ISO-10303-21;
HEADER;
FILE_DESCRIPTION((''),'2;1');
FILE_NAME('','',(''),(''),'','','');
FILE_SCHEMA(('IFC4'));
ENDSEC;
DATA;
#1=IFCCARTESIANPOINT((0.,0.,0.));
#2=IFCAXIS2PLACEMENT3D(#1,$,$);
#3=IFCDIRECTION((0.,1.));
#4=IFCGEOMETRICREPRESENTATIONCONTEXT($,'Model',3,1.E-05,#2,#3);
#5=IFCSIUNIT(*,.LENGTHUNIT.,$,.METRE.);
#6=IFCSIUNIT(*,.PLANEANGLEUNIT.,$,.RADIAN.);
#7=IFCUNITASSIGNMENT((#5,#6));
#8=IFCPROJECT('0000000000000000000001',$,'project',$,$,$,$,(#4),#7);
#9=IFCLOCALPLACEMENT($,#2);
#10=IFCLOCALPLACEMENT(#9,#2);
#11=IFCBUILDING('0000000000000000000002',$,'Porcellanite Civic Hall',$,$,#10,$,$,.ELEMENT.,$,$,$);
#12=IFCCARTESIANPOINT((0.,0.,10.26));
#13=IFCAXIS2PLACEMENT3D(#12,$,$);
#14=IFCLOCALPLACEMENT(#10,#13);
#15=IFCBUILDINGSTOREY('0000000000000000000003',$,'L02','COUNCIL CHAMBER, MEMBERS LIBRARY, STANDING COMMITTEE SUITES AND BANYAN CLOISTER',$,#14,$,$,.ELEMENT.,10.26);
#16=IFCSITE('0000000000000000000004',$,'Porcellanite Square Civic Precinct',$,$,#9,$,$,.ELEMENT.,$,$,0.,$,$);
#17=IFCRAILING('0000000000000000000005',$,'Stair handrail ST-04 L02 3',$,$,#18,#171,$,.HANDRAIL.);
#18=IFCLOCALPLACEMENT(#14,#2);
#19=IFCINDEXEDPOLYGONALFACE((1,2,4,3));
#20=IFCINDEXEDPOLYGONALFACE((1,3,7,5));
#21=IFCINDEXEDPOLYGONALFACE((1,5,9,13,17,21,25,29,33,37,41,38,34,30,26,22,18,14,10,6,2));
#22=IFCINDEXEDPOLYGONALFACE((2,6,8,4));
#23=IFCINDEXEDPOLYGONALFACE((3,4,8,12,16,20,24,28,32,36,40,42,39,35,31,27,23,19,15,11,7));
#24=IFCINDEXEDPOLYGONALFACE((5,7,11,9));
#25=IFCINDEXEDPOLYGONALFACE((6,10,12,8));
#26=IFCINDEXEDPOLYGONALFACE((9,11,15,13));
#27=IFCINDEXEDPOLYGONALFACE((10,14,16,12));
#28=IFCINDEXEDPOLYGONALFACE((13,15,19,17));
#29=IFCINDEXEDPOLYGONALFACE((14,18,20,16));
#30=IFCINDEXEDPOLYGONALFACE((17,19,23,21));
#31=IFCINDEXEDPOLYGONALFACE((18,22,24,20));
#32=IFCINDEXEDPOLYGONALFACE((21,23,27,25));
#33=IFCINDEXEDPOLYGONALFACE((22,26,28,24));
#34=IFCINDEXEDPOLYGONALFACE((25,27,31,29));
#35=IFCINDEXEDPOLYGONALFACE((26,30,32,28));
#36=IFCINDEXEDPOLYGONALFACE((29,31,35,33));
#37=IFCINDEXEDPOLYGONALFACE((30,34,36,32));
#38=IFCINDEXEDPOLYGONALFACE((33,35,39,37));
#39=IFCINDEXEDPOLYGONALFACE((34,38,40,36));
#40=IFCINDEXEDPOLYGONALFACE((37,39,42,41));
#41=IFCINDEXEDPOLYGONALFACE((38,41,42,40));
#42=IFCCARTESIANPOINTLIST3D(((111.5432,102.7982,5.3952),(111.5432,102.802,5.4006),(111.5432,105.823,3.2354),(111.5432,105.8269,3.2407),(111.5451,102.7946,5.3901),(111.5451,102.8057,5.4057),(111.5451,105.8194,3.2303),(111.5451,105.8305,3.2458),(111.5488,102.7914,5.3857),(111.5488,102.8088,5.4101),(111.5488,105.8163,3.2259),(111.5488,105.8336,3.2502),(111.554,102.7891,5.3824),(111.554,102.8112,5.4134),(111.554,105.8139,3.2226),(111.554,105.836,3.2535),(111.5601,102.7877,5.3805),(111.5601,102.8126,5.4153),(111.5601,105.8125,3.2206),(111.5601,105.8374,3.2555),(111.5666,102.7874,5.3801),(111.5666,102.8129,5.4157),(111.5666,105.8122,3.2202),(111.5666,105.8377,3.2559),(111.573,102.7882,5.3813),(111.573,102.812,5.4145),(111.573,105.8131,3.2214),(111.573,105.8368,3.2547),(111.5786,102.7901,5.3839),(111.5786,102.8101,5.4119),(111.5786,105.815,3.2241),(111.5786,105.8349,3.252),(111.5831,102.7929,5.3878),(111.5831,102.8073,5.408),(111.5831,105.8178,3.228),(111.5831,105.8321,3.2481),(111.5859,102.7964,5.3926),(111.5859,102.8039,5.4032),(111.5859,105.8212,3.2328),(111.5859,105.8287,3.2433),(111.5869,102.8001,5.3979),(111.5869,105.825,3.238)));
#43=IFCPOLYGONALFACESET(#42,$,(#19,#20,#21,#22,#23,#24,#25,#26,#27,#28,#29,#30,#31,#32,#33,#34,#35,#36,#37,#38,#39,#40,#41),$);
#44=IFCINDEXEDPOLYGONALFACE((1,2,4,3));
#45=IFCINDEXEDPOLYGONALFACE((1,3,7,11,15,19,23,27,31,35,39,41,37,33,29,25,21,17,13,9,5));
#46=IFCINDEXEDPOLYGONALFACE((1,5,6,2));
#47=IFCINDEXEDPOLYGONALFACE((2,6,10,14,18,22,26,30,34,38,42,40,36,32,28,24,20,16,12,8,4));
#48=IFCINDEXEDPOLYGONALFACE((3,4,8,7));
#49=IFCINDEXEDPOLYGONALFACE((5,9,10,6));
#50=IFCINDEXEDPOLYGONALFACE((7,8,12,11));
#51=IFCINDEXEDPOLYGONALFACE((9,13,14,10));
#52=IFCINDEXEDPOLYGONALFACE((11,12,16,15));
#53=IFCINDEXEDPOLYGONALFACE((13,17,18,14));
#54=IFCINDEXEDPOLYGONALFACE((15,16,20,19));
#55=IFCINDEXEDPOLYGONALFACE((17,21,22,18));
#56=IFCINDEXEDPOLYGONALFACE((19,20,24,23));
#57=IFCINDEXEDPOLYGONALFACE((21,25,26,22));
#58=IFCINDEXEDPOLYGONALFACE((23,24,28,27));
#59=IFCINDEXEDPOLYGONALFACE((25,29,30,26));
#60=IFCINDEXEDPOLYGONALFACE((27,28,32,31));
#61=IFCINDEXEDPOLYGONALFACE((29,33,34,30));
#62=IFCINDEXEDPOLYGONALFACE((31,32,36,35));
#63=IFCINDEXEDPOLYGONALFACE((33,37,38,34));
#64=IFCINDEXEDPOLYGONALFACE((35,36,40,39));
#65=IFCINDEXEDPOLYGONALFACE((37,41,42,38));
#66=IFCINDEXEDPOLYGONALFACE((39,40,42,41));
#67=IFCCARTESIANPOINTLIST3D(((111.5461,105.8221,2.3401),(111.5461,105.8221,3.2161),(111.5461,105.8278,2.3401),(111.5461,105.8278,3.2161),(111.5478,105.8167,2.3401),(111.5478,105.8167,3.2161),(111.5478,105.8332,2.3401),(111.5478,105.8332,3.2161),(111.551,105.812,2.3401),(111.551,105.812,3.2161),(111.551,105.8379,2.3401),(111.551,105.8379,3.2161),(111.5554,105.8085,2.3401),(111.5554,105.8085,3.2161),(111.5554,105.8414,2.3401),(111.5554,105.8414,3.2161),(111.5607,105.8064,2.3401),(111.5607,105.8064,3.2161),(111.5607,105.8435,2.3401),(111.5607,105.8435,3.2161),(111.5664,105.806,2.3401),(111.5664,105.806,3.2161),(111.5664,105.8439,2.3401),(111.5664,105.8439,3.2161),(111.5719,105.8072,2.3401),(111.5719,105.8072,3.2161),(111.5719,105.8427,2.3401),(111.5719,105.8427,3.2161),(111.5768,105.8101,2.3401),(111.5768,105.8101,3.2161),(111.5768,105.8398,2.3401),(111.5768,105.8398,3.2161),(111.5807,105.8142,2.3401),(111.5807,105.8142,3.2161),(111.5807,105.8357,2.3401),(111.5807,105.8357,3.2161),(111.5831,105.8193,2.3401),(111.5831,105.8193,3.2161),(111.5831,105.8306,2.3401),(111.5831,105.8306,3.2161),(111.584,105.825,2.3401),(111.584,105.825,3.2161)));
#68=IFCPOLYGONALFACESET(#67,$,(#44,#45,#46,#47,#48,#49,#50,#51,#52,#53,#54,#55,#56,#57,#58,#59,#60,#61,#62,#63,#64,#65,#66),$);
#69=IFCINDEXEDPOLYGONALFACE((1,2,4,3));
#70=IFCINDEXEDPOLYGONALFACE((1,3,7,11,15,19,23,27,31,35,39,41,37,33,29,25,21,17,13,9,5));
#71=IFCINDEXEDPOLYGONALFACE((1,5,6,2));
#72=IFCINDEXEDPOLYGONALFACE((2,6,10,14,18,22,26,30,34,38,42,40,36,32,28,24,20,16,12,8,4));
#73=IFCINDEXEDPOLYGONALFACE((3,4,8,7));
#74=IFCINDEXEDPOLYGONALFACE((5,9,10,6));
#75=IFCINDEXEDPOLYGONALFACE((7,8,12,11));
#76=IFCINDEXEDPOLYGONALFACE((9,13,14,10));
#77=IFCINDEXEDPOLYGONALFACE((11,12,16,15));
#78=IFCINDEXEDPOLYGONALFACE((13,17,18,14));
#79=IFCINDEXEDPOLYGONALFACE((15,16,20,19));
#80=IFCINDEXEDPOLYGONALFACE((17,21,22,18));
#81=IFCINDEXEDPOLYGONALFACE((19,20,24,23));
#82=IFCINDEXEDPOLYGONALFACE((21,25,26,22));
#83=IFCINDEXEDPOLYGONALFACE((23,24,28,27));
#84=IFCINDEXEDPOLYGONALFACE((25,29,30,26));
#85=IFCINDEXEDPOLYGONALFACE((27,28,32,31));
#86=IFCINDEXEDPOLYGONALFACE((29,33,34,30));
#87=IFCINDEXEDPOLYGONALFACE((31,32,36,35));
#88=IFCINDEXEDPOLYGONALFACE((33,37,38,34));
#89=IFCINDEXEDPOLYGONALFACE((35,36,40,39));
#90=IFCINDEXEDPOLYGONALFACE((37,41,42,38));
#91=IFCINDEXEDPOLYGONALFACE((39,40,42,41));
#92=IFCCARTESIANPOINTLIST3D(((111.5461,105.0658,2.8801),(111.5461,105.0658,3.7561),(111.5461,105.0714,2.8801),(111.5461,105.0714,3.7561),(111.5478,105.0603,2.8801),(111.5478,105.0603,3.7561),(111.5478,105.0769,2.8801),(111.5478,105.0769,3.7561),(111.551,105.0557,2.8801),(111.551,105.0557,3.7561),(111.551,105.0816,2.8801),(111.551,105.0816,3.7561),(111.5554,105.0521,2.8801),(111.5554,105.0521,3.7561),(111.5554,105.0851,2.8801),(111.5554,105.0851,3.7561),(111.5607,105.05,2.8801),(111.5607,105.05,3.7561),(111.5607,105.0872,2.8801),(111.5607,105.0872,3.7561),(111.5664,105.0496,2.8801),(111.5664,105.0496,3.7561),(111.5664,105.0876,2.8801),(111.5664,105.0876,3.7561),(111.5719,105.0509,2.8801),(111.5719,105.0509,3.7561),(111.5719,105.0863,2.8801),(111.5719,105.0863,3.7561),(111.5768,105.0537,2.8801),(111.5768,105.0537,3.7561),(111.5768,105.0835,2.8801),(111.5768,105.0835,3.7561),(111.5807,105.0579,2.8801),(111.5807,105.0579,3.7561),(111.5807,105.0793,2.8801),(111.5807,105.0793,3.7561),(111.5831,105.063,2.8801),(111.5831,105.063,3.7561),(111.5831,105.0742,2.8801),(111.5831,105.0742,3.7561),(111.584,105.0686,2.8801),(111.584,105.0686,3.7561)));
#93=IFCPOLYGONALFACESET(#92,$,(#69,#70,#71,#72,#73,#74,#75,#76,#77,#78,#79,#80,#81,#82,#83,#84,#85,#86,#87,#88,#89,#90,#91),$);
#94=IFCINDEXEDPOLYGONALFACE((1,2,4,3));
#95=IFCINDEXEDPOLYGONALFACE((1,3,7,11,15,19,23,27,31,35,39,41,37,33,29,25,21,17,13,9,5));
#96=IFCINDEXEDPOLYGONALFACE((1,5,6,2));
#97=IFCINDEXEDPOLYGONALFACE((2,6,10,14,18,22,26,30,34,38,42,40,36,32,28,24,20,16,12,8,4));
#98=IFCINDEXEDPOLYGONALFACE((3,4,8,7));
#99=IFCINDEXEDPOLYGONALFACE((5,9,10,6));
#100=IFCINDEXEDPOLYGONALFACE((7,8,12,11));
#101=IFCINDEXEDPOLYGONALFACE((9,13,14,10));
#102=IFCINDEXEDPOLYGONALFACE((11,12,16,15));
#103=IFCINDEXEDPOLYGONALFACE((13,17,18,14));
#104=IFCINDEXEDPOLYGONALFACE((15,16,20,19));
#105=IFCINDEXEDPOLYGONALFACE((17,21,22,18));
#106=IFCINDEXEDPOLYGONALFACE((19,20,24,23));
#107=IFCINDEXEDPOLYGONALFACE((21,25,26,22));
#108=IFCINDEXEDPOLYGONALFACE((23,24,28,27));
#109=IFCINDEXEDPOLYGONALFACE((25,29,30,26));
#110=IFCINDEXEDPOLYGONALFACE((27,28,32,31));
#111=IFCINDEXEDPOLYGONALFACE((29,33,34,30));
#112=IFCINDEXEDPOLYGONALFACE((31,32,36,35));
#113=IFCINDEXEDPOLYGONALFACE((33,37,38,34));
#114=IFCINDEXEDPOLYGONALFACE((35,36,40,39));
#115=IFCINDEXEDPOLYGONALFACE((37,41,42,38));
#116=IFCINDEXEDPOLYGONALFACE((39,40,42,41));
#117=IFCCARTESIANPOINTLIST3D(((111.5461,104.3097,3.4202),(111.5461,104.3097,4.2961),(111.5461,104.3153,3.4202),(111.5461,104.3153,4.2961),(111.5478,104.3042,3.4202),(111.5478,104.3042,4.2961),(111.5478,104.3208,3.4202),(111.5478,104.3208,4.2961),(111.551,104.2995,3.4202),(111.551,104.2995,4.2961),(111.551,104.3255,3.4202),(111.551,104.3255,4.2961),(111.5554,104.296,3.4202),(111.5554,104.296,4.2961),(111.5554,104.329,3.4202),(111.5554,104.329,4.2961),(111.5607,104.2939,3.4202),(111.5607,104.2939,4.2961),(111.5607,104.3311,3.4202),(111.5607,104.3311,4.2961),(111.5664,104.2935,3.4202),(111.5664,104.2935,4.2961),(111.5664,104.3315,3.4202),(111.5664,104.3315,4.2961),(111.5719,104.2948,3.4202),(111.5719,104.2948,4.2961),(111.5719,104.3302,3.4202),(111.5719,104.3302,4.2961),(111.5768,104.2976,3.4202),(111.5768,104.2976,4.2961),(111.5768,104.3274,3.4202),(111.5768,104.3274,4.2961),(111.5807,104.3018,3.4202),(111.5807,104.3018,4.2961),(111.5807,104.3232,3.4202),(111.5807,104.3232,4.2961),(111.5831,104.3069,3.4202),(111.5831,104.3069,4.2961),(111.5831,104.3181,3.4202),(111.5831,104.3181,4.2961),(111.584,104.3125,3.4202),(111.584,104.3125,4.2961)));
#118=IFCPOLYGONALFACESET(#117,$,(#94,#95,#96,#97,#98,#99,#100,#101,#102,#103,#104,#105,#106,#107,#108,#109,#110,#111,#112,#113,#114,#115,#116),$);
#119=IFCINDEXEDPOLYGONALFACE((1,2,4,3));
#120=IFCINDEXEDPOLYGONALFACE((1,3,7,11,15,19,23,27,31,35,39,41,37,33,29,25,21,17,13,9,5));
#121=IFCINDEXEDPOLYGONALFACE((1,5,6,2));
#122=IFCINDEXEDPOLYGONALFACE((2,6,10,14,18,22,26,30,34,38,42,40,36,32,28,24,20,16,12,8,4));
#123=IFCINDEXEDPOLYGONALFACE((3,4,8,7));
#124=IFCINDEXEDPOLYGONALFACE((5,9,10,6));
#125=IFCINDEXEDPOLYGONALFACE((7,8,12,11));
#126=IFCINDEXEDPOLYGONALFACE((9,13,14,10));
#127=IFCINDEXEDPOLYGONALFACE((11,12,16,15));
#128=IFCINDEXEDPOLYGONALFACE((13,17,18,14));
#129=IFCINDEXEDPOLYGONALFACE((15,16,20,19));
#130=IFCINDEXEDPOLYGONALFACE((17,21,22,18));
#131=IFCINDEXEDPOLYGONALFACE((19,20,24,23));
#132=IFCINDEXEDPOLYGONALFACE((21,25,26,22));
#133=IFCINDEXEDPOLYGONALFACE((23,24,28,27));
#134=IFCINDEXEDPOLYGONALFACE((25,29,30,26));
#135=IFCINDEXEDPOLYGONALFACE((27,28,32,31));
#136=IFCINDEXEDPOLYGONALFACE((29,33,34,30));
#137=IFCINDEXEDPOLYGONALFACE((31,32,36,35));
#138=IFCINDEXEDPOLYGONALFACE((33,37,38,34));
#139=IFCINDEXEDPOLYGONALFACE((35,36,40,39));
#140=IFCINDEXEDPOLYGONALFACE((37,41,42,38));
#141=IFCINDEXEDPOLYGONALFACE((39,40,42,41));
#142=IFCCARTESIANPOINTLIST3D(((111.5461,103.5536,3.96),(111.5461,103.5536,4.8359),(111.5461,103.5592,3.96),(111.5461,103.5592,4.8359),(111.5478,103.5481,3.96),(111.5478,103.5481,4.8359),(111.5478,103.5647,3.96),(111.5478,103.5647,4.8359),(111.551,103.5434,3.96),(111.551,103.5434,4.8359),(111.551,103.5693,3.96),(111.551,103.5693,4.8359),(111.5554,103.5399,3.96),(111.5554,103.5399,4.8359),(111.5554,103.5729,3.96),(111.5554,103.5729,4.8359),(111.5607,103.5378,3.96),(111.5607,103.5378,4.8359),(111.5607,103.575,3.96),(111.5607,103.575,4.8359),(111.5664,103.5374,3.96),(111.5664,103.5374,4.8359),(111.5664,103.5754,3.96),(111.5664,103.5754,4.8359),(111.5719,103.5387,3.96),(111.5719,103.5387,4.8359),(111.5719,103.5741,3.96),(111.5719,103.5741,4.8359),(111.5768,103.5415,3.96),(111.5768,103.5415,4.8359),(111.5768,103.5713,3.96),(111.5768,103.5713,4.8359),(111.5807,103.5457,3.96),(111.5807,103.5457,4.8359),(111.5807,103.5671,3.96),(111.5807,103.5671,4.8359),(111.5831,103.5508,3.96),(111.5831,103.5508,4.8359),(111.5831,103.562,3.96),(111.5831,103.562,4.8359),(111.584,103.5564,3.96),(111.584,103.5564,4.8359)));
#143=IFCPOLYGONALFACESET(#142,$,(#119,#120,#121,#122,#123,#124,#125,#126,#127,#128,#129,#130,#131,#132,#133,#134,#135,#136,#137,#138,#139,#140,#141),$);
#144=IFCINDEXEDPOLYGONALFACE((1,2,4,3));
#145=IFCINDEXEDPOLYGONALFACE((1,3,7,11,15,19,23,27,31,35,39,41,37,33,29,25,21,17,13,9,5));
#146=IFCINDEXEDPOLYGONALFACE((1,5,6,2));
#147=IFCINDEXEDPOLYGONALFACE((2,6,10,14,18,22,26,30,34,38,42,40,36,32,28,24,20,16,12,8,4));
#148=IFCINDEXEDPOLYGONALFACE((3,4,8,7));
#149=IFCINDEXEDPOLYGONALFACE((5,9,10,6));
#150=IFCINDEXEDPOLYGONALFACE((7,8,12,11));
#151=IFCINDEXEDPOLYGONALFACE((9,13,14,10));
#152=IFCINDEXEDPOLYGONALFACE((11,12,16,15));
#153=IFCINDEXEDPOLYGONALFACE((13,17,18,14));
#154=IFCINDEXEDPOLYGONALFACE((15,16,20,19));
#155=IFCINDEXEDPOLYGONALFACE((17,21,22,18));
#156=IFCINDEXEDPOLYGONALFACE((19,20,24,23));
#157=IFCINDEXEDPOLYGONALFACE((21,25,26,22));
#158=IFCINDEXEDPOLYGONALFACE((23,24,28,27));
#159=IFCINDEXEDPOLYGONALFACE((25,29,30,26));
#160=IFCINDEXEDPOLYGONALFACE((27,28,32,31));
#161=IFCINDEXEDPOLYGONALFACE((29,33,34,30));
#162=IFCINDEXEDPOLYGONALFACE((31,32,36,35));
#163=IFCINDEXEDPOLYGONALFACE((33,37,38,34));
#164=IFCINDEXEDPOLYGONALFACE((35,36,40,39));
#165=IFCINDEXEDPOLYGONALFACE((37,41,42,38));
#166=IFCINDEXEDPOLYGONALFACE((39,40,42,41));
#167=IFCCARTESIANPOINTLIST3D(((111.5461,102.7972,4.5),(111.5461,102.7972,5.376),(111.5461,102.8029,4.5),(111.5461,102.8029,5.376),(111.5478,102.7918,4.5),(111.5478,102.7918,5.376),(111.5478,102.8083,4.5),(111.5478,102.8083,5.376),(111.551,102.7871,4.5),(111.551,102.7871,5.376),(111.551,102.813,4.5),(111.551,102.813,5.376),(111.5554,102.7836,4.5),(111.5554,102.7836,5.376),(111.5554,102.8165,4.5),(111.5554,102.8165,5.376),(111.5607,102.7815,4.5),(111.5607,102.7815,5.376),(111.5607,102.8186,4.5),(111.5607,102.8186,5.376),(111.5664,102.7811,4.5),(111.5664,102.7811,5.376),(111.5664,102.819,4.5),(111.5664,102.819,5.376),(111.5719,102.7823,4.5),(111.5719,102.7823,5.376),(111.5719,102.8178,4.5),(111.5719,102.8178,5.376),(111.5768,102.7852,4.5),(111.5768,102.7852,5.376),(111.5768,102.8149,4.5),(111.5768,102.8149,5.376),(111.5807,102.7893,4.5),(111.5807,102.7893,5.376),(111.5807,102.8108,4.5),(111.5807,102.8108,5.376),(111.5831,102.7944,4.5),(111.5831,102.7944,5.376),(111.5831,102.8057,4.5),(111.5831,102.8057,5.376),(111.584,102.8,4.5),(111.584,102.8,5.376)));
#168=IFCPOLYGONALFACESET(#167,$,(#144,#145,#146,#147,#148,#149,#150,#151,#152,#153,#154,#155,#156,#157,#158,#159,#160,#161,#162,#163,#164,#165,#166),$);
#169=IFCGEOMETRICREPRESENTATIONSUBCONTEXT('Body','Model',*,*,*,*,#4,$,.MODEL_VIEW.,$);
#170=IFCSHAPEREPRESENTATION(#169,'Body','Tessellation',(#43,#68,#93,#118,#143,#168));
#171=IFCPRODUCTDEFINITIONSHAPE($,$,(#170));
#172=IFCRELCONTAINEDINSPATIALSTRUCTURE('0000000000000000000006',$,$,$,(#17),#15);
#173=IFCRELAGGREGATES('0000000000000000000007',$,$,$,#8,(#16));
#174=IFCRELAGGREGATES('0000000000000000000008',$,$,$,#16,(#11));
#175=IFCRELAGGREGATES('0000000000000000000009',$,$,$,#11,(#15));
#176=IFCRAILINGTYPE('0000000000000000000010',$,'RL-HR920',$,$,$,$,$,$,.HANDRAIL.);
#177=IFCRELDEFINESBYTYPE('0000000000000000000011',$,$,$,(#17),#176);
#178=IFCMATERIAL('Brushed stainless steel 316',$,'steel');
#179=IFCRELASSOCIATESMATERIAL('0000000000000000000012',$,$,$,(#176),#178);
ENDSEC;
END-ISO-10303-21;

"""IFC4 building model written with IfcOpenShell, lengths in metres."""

from ifc_helpers import new_model, si_unit, direction, frame, origin, origin_2d, place, context, subcontext, project, spatial, circle, extrude, material, type_object, element, save


model = new_model("IFC4")

# Units and contexts
model_context = context("Model", 3, precision=1e-05, world=origin(), true_north=direction((0.0, 1.0)))
body_context = subcontext(model_context, "Body", "Model", "MODEL_VIEW")
ifc_project = project(units=[si_unit("LENGTHUNIT", "METRE"), si_unit("PLANEANGLEUNIT", "RADIAN")], contexts=[model_context])

# Site, building, storey
site_placement = place(None, origin())
site = spatial("IfcSite", under=ifc_project, at=site_placement, Name="Porcellanite Square Civic Precinct", CompositionType="ELEMENT", RefElevation=0.0)
building_placement = place(site_placement, origin())
building = spatial("IfcBuilding", under=site, at=building_placement, Name="Porcellanite Civic Hall", CompositionType="ELEMENT")
storey_placement = place(building_placement, frame((0.0, 0.0, 10.26)))
storey = spatial("IfcBuildingStorey", under=building, at=storey_placement, Name="L02", Description="COUNCIL CHAMBER, MEMBERS LIBRARY, STANDING COMMITTEE SUITES AND BANYAN CLOISTER", CompositionType="ELEMENT", Elevation=10.26)

# Railing
ifc_material_1 = material(Name="Brushed stainless steel 316", Category="steel")
railing_type_1 = type_object("IfcRailingType", Name="RL-HR920", PredefinedType="HANDRAIL", material=ifc_material_1)
railing_1_placement = place(storey_placement, frame((111.5649, 105.825, 2.3401)))
element("IfcRailing", 1, at=railing_1_placement, inside=storey, type_object=railing_type_1, Name="Stair handrail ST-04 L02 3", PredefinedType="HANDRAIL", context=body_context, shape_type="SweptSolid", body=[
    extrude(circle(Radius=0.022, at=origin_2d()), frame((0.0, 0.0, 0.8979), z_axis=(0.0, -0.813827, 0.581108), x_axis=(1.0, 0.0, 0.0)), (0.0, 0.0, 1.0), 3.7168),
    extrude(circle(Radius=0.019, at=origin_2d()), origin(), (0.0, 0.0, 1.0), 0.876),
    extrude(circle(Radius=0.019, at=origin_2d()), frame((0.0, -0.7563, 0.54)), (0.0, 0.0, 1.0), 0.876),
    extrude(circle(Radius=0.019, at=origin_2d()), frame((0.0, -1.5125, 1.0801)), (0.0, 0.0, 1.0), 0.876),
    extrude(circle(Radius=0.019, at=origin_2d()), frame((0.0, -2.2686, 1.6199)), (0.0, 0.0, 1.0), 0.876),
    extrude(circle(Radius=0.019, at=origin_2d()), frame((0.0, -3.0249, 2.1599)), (0.0, 0.0, 1.0), 0.876),
])

save(model, "model.ifc")
